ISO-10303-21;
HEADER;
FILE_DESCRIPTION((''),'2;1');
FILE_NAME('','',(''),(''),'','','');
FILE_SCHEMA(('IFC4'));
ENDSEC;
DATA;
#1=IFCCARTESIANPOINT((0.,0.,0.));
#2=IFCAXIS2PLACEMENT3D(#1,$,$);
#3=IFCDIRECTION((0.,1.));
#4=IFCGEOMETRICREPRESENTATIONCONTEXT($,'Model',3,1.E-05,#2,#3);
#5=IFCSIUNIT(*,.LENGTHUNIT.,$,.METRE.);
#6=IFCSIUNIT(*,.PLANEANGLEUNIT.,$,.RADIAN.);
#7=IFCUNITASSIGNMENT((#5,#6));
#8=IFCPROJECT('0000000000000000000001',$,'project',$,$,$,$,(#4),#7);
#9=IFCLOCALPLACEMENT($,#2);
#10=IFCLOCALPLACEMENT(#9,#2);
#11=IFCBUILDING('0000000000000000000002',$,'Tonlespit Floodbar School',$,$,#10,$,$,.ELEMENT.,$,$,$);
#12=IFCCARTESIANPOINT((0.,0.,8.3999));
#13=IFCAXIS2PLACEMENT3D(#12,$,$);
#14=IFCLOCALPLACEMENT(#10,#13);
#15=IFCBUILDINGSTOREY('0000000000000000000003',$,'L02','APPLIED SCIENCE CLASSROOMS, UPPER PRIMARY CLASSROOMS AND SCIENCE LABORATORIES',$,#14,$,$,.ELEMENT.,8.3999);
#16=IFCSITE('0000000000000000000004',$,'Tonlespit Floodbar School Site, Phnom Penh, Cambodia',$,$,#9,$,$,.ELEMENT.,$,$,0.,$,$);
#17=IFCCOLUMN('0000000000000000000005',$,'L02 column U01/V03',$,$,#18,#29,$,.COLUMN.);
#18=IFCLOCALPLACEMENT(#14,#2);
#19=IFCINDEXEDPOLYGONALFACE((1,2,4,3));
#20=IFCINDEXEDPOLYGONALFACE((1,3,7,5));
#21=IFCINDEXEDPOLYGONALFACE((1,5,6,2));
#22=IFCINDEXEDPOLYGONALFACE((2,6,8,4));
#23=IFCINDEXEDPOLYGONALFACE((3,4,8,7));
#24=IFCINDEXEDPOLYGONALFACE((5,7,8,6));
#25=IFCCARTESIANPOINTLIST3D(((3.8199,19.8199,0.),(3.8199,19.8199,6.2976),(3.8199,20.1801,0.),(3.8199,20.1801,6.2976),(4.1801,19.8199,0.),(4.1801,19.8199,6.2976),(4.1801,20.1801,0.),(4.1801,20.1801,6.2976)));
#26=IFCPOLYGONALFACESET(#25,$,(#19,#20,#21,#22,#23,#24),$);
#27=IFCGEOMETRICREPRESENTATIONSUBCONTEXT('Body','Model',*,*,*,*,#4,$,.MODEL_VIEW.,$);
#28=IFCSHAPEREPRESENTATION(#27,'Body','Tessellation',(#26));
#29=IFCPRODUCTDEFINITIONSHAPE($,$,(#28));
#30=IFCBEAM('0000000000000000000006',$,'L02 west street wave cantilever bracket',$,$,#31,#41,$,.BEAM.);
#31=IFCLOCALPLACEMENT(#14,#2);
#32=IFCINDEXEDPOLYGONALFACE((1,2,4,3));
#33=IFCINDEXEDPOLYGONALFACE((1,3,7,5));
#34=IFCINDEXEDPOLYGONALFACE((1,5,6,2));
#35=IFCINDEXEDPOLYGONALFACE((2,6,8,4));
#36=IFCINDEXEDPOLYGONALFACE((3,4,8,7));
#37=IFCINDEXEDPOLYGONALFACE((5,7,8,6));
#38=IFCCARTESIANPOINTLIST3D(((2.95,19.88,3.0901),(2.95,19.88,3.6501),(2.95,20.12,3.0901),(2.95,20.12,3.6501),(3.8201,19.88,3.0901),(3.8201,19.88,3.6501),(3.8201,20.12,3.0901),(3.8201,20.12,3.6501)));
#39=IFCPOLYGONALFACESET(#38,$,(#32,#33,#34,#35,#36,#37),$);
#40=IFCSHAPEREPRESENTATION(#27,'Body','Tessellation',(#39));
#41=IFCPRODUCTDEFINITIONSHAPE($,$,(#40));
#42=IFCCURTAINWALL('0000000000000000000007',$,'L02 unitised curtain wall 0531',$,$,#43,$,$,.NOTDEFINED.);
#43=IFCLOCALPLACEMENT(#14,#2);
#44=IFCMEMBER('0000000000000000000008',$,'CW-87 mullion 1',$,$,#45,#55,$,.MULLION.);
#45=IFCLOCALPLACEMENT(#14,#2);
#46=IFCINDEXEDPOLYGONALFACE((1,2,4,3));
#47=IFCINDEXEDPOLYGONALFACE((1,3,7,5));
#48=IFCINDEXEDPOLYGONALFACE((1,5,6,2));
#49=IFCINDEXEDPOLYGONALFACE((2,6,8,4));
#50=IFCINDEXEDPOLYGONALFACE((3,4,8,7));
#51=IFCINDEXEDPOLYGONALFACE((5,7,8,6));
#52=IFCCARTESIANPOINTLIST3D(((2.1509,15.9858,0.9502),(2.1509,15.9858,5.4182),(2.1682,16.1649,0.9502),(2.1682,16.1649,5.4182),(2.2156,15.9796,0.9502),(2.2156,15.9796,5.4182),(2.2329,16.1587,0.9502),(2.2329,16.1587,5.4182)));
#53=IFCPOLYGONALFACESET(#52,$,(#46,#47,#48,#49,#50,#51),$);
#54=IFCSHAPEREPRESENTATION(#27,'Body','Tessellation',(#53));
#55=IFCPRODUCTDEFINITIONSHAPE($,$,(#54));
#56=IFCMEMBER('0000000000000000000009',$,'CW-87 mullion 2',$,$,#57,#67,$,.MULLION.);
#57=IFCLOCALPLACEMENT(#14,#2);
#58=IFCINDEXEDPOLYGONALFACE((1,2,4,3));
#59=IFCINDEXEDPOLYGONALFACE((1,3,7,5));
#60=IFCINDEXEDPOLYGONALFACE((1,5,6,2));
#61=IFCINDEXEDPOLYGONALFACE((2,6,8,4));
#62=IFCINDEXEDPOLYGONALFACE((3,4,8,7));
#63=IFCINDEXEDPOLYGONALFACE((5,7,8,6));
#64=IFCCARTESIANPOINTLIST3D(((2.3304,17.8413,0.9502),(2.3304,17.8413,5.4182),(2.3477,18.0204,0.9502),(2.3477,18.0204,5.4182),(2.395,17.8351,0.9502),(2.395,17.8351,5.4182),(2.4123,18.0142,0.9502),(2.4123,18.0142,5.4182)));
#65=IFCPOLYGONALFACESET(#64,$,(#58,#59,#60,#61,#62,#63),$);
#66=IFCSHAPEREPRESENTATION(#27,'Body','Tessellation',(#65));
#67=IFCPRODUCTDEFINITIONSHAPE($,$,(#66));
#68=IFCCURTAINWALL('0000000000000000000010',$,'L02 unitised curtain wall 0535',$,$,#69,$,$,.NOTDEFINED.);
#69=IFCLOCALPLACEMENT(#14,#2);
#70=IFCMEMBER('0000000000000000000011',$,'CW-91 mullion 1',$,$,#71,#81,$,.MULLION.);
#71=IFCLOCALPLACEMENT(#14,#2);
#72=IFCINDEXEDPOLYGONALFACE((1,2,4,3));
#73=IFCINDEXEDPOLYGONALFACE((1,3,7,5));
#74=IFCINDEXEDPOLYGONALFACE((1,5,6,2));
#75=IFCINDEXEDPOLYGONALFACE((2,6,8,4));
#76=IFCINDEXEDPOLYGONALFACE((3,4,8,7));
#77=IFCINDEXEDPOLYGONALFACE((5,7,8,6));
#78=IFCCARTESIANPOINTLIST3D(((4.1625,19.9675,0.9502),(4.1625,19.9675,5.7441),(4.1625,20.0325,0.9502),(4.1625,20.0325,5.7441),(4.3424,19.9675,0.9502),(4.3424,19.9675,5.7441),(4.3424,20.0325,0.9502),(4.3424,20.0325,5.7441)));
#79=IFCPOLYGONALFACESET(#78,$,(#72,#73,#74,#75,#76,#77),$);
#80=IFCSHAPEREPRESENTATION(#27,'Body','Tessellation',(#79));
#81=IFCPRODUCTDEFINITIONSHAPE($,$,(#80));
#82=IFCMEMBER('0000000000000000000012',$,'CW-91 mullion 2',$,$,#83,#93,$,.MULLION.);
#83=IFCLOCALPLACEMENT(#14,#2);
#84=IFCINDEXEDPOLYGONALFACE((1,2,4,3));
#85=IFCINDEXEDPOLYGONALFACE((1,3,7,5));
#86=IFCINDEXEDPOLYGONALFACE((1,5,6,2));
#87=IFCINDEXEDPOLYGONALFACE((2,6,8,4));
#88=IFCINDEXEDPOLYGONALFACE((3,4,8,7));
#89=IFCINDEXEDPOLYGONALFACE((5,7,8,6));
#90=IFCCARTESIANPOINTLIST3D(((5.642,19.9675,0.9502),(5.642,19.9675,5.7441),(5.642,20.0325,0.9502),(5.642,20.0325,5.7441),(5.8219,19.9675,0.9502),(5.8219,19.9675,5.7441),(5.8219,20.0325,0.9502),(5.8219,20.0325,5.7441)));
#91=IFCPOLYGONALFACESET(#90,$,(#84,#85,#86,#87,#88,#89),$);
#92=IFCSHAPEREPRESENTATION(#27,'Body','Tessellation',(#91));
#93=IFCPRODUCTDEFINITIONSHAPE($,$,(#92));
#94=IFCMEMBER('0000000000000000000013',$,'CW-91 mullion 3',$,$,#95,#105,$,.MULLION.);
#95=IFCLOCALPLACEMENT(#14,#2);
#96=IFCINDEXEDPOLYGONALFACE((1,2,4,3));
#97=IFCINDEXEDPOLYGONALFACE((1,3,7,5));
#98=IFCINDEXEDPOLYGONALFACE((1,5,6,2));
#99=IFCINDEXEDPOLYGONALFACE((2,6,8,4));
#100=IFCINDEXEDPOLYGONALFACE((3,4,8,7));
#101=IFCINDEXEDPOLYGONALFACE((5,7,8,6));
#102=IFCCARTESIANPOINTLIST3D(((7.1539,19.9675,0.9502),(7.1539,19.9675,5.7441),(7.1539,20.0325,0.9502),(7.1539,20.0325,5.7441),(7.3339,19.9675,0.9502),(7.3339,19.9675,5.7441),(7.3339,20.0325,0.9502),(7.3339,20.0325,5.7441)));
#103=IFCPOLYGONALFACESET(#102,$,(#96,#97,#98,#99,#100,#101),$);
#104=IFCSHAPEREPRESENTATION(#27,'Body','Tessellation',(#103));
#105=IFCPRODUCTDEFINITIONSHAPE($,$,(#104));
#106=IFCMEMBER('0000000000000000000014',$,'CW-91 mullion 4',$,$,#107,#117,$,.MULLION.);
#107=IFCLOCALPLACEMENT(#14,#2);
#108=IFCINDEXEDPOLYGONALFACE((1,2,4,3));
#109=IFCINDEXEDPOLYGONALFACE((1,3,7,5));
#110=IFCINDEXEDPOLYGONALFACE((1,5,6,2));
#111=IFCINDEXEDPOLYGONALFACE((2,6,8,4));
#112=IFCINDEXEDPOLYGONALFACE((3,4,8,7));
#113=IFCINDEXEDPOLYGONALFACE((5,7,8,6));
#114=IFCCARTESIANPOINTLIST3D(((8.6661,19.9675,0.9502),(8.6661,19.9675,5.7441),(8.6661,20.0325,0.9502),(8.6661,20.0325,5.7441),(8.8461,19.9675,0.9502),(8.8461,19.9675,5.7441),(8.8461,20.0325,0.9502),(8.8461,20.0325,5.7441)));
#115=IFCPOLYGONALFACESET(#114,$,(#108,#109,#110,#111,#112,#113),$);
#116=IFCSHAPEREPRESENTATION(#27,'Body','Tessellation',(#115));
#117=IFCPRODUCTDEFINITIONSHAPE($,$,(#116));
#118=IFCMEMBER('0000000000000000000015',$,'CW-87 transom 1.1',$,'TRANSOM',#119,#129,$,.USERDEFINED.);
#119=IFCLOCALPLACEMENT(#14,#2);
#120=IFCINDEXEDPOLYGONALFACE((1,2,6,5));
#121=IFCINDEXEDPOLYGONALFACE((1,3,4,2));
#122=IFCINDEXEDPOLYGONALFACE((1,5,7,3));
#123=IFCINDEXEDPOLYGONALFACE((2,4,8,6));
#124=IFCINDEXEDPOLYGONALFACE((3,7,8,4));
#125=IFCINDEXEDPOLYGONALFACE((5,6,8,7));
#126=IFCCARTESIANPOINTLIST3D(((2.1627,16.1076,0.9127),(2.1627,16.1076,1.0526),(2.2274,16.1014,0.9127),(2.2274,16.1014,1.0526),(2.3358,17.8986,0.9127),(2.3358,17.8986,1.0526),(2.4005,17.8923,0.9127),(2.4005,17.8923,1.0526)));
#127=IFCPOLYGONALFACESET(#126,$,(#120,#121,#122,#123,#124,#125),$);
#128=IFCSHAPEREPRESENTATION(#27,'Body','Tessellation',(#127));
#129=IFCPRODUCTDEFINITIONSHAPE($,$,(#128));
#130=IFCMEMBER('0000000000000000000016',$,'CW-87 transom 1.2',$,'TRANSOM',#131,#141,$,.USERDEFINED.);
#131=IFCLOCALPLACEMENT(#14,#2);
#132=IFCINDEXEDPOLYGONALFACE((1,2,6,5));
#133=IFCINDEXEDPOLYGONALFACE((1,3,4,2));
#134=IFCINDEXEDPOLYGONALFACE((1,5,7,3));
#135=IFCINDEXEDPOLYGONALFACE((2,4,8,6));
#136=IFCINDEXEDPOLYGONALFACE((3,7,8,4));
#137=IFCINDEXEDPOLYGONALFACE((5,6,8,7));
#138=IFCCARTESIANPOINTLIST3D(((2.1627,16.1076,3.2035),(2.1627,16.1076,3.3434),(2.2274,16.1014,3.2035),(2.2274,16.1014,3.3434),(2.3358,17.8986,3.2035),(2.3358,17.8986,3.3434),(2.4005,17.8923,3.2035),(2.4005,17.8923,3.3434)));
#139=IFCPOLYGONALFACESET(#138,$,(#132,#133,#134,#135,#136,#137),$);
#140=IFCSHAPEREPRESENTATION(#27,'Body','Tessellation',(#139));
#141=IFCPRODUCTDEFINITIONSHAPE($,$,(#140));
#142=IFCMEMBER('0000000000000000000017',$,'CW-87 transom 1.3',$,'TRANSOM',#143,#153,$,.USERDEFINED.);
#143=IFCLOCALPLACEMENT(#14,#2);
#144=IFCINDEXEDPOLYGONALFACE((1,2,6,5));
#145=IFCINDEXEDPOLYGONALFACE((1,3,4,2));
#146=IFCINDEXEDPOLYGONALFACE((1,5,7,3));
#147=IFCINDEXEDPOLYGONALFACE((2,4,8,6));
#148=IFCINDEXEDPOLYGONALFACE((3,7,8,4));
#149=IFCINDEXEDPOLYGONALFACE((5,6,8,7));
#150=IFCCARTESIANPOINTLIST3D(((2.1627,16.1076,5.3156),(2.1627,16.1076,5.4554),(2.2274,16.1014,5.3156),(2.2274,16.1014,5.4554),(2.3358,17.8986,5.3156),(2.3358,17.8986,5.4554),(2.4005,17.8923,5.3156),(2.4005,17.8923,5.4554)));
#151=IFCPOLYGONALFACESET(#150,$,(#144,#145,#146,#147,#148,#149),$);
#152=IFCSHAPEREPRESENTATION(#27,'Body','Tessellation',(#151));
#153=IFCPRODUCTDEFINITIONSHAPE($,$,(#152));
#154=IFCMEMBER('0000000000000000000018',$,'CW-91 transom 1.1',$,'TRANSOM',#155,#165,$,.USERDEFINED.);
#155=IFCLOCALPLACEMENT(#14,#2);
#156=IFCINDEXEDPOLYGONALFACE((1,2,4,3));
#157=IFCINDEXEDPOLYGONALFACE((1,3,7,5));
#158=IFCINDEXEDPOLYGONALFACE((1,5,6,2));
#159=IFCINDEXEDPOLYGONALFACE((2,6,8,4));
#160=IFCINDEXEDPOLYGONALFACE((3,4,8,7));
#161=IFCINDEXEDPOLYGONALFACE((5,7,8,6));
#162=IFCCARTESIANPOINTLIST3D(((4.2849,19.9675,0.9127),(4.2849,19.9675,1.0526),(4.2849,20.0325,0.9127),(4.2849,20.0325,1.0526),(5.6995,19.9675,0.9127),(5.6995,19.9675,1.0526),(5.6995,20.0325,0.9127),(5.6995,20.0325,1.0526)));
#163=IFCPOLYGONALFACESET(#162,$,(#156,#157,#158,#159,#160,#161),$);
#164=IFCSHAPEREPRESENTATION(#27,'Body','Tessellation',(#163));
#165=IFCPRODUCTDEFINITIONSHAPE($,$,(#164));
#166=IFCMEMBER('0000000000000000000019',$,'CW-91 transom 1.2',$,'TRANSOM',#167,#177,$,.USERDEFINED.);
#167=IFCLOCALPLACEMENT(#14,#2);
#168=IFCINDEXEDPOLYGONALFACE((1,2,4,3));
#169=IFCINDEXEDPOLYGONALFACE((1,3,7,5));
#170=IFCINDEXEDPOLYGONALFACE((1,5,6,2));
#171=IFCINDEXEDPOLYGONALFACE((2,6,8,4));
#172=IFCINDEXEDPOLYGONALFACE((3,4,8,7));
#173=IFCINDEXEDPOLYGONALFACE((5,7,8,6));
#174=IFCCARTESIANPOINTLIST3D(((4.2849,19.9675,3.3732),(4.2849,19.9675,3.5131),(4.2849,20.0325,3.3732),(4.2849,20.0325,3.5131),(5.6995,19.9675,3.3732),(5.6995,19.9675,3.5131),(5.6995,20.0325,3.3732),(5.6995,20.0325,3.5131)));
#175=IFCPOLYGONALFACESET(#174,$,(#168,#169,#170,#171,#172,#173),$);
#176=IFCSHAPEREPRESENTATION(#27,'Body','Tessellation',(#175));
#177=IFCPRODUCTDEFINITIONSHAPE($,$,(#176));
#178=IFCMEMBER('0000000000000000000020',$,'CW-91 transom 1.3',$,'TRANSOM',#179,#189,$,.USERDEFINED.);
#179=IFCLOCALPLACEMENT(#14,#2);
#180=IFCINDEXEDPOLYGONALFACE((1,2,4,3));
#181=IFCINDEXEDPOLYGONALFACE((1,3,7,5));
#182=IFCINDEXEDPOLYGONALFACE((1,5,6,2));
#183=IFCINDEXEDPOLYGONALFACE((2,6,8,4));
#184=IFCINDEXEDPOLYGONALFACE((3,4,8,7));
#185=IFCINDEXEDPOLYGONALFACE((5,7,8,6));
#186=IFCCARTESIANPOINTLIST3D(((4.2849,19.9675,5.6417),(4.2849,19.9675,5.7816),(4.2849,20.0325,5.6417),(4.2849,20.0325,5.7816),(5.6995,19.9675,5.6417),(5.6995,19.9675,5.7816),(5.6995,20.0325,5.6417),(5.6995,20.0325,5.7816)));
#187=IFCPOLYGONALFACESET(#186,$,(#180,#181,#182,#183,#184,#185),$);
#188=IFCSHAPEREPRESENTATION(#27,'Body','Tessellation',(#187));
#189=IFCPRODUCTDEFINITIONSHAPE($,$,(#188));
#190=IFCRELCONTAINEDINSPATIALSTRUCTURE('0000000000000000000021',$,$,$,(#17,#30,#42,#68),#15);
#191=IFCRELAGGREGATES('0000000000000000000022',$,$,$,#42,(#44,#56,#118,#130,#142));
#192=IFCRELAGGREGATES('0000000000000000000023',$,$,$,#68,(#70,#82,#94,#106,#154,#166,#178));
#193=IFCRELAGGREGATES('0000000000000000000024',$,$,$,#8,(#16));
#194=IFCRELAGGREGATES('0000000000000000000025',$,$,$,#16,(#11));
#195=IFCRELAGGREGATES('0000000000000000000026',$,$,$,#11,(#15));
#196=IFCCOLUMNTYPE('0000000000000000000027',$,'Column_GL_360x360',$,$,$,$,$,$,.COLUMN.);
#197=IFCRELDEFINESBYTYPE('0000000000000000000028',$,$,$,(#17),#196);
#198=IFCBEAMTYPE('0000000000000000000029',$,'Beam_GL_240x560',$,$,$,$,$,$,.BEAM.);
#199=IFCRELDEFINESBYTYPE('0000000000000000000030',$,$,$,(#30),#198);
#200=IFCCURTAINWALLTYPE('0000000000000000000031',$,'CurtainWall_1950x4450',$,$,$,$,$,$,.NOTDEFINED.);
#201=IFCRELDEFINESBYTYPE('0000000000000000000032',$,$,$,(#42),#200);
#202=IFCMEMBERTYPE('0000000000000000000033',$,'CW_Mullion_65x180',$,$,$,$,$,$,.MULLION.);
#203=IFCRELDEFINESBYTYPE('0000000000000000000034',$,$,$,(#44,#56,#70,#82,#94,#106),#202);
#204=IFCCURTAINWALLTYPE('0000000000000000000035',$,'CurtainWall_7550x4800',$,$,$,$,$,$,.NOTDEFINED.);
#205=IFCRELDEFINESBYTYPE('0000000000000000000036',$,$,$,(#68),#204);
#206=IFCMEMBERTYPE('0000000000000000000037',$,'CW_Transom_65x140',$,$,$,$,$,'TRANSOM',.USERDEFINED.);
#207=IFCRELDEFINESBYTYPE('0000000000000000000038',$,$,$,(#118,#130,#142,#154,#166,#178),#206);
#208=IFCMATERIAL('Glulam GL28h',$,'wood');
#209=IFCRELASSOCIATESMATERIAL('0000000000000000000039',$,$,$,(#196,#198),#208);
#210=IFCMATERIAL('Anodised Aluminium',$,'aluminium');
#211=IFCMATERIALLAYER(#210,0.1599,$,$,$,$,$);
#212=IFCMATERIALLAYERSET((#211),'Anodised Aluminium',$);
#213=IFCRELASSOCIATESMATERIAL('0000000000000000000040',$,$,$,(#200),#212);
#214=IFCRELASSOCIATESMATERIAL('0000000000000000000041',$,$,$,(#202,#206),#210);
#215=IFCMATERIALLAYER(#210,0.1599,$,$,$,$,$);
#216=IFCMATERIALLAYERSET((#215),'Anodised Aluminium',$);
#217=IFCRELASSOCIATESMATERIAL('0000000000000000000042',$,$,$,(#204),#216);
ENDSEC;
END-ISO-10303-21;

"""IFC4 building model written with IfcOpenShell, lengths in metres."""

from ifc_helpers import new_model, si_unit, direction, frame, origin, origin_2d, place, context, subcontext, project, spatial, rectangle, extrude, material, layer, layer_set, material_profile, profile_set, type_object, element, aggregate, save


model = new_model("IFC4")

# Units and contexts
model_context = context("Model", 3, precision=1e-05, world=origin(), true_north=direction((0.0, 1.0)))
body_context = subcontext(model_context, "Body", "Model", "MODEL_VIEW")
ifc_project = project(units=[si_unit("LENGTHUNIT", "METRE"), si_unit("PLANEANGLEUNIT", "RADIAN")], contexts=[model_context])

# Site, building, storey
site_placement = place(None, origin())
site = spatial("IfcSite", under=ifc_project, at=site_placement, Name="Tonlespit Floodbar School Site, Phnom Penh, Cambodia", CompositionType="ELEMENT", RefElevation=0.0)
building_placement = place(site_placement, origin())
building = spatial("IfcBuilding", under=site, at=building_placement, Name="Tonlespit Floodbar School", CompositionType="ELEMENT")
storey_placement = place(building_placement, frame((0.0, 0.0, 8.3999)))
storey = spatial("IfcBuildingStorey", under=building, at=storey_placement, Name="L02", Description="APPLIED SCIENCE CLASSROOMS, UPPER PRIMARY CLASSROOMS AND SCIENCE LABORATORIES", CompositionType="ELEMENT", Elevation=8.3999)

# Column
ifc_material_1 = material(Name="Glulam GL28h", Category="wood")
ifc_material_profile_1 = material_profile(ifc_material_1, rectangle(XDim=0.3601, YDim=0.3601, at=origin_2d()), Name="GL 360x360")
ifc_profile_set_1 = profile_set([ifc_material_profile_1], Name="Glulam GL28h")
column_type = type_object("IfcColumnType", Name="Column_GL_360x360", PredefinedType="COLUMN", material=ifc_profile_set_1)
column_placement = place(storey_placement, frame((4.0, 20.0, 0.0), z_axis=(0.0, 0.0, 1.0), x_axis=(1.0, 0.0, 0.0)))
element("IfcColumn", 1, at=column_placement, inside=storey, type_object=column_type, Name="L02 column U01/V03", PredefinedType="COLUMN", context=body_context, shape_type="SweptSolid", body=[
    extrude(rectangle(XDim=0.3601, YDim=0.3601, at=origin_2d()), origin(), (0.0, 0.0, 1.0), 6.2976),
])

# Beam
ifc_material_profile_2 = material_profile(ifc_material_1, rectangle(XDim=0.24, YDim=0.5601, at=origin_2d()), Name="GL 240x560")
ifc_profile_set_2 = profile_set([ifc_material_profile_2], Name="Glulam GL28h")
beam_type_1 = type_object("IfcBeamType", Name="Beam_GL_240x560", PredefinedType="BEAM", material=ifc_profile_set_2)
beam_1_placement = place(storey_placement, frame((3.8201, 20.0, 3.3701), z_axis=(-1.0, 0.0, 0.0), x_axis=(0.0, -1.0, 0.0)))
element("IfcBeam", 2, at=beam_1_placement, inside=storey, type_object=beam_type_1, Name="L02 west street wave cantilever bracket", PredefinedType="BEAM", context=body_context, shape_type="SweptSolid", body=[
    extrude(rectangle(XDim=0.24, YDim=0.5601, at=origin_2d()), origin(), (0.0, 0.0, 1.0), 0.8701),
])

# Curtain walls, members
ifc_material_2 = material(Name="Anodised Aluminium", Category="aluminium")
ifc_layer_1 = layer(ifc_material_2, 0.1599)
ifc_layer_set_1 = layer_set([ifc_layer_1], Name="Anodised Aluminium")
curtain_wall_type_1 = type_object("IfcCurtainWallType", Name="CurtainWall_1950x4450", PredefinedType="NOTDEFINED", material=ifc_layer_set_1)
curtain_wall_1_placement = place(storey_placement, origin())
curtain_wall_1 = element("IfcCurtainWall", 3, at=curtain_wall_1_placement, inside=storey, type_object=curtain_wall_type_1, Name="L02 unitised curtain wall 0531", PredefinedType="NOTDEFINED")
ifc_material_profile_3 = material_profile(ifc_material_2, rectangle(XDim=0.0649, YDim=0.1799, at=origin_2d()), Name="ALU M65x180")
ifc_profile_set_3 = profile_set([ifc_material_profile_3], Name="Anodised Aluminium")
member_type_1 = type_object("IfcMemberType", Name="CW_Mullion_65x180", PredefinedType="MULLION", material=ifc_profile_set_3)
member_1_placement = place(storey_placement, frame((2.1919, 16.0723, 0.9502), z_axis=(0.0, 0.0, 1.0), x_axis=(-0.995362, 0.096198, 0.0)))
member_1 = element("IfcMember", 4, at=member_1_placement, type_object=member_type_1, Name="CW-87 mullion 1", PredefinedType="MULLION", context=body_context, shape_type="SweptSolid", body=[
    extrude(rectangle(XDim=0.0649, YDim=0.1799, at=origin_2d()), origin(), (0.0, 0.0, 1.0), 4.468),
])
member_2_placement = place(storey_placement, frame((2.3713, 17.9277, 0.9502), z_axis=(0.0, 0.0, 1.0), x_axis=(-0.995362, 0.096198, 0.0)))
member_2 = element("IfcMember", 5, at=member_2_placement, type_object=member_type_1, Name="CW-87 mullion 2", PredefinedType="MULLION", context=body_context, shape_type="SweptSolid", body=[
    extrude(rectangle(XDim=0.0649, YDim=0.1799, at=origin_2d()), origin(), (0.0, 0.0, 1.0), 4.468),
])
ifc_layer_2 = layer(ifc_material_2, 0.1599)
ifc_layer_set_2 = layer_set([ifc_layer_2], Name="Anodised Aluminium")
curtain_wall_type_2 = type_object("IfcCurtainWallType", Name="CurtainWall_7550x4800", PredefinedType="NOTDEFINED", material=ifc_layer_set_2)
curtain_wall_2_placement = place(storey_placement, origin())
curtain_wall_2 = element("IfcCurtainWall", 6, at=curtain_wall_2_placement, inside=storey, type_object=curtain_wall_type_2, Name="L02 unitised curtain wall 0535", PredefinedType="NOTDEFINED")
member_3_placement = place(storey_placement, frame((4.2524, 20.0, 0.9502), z_axis=(0.0, 0.0, 1.0), x_axis=(0.0, 1.0, 0.0)))
member_3 = element("IfcMember", 7, at=member_3_placement, type_object=member_type_1, Name="CW-91 mullion 1", PredefinedType="MULLION", context=body_context, shape_type="SweptSolid", body=[
    extrude(rectangle(XDim=0.0649, YDim=0.1799, at=origin_2d()), origin(), (0.0, 0.0, 1.0), 4.7939),
])
member_4_placement = place(storey_placement, frame((5.7319, 20.0, 0.9502), z_axis=(0.0, 0.0, 1.0), x_axis=(0.0, 1.0, 0.0)))
member_4 = element("IfcMember", 8, at=member_4_placement, type_object=member_type_1, Name="CW-91 mullion 2", PredefinedType="MULLION", context=body_context, shape_type="SweptSolid", body=[
    extrude(rectangle(XDim=0.0649, YDim=0.1799, at=origin_2d()), origin(), (0.0, 0.0, 1.0), 4.7939),
])
member_5_placement = place(storey_placement, frame((7.2439, 20.0, 0.9502), z_axis=(0.0, 0.0, 1.0), x_axis=(0.0, 1.0, 0.0)))
member_5 = element("IfcMember", 9, at=member_5_placement, type_object=member_type_1, Name="CW-91 mullion 3", PredefinedType="MULLION", context=body_context, shape_type="SweptSolid", body=[
    extrude(rectangle(XDim=0.0649, YDim=0.1799, at=origin_2d()), origin(), (0.0, 0.0, 1.0), 4.7939),
])
member_6_placement = place(storey_placement, frame((8.7561, 20.0, 0.9502), z_axis=(0.0, 0.0, 1.0), x_axis=(0.0, 1.0, 0.0)))
member_6 = element("IfcMember", 10, at=member_6_placement, type_object=member_type_1, Name="CW-91 mullion 4", PredefinedType="MULLION", context=body_context, shape_type="SweptSolid", body=[
    extrude(rectangle(XDim=0.0649, YDim=0.1799, at=origin_2d()), origin(), (0.0, 0.0, 1.0), 4.7939),
])

# Members
ifc_material_profile_4 = material_profile(ifc_material_2, rectangle(XDim=0.0649, YDim=0.1399, at=origin_2d()), Name="ALU T65x140")
ifc_profile_set_4 = profile_set([ifc_material_profile_4], Name="Anodised Aluminium")
member_type_2 = type_object("IfcMemberType", Name="CW_Transom_65x140", ElementType="TRANSOM", PredefinedType="USERDEFINED", material=ifc_profile_set_4)
member_7_placement = place(storey_placement, frame((2.1951, 16.1045, 0.9827), z_axis=(0.096198, 0.995362, 0.0), x_axis=(-0.995362, 0.096198, 0.0)))
member_7 = element("IfcMember", 11, at=member_7_placement, type_object=member_type_2, Name="CW-87 transom 1.1", ObjectType="TRANSOM", PredefinedType="USERDEFINED", context=body_context, shape_type="SweptSolid", body=[
    extrude(rectangle(XDim=0.0649, YDim=0.1399, at=origin_2d()), origin(), (0.0, 0.0, 1.0), 1.7993),
])
member_8_placement = place(storey_placement, frame((2.1951, 16.1045, 3.2734), z_axis=(0.096198, 0.995362, 0.0), x_axis=(-0.995362, 0.096198, 0.0)))
member_8 = element("IfcMember", 12, at=member_8_placement, type_object=member_type_2, Name="CW-87 transom 1.2", ObjectType="TRANSOM", PredefinedType="USERDEFINED", context=body_context, shape_type="SweptSolid", body=[
    extrude(rectangle(XDim=0.0649, YDim=0.1399, at=origin_2d()), origin(), (0.0, 0.0, 1.0), 1.7993),
])
member_9_placement = place(storey_placement, frame((2.1951, 16.1045, 5.3855), z_axis=(0.096198, 0.995362, 0.0), x_axis=(-0.995362, 0.096198, 0.0)))
member_9 = element("IfcMember", 13, at=member_9_placement, type_object=member_type_2, Name="CW-87 transom 1.3", ObjectType="TRANSOM", PredefinedType="USERDEFINED", context=body_context, shape_type="SweptSolid", body=[
    extrude(rectangle(XDim=0.0649, YDim=0.1399, at=origin_2d()), origin(), (0.0, 0.0, 1.0), 1.7993),
])
member_10_placement = place(storey_placement, frame((4.2849, 20.0, 0.9827), z_axis=(1.0, 0.0, 0.0), x_axis=(0.0, 1.0, 0.0)))
member_10 = element("IfcMember", 14, at=member_10_placement, type_object=member_type_2, Name="CW-91 transom 1.1", ObjectType="TRANSOM", PredefinedType="USERDEFINED", context=body_context, shape_type="SweptSolid", body=[
    extrude(rectangle(XDim=0.0649, YDim=0.1399, at=origin_2d()), origin(), (0.0, 0.0, 1.0), 1.4146),
])
member_11_placement = place(storey_placement, frame((4.2849, 20.0, 3.4431), z_axis=(1.0, 0.0, 0.0), x_axis=(0.0, 1.0, 0.0)))
member_11 = element("IfcMember", 15, at=member_11_placement, type_object=member_type_2, Name="CW-91 transom 1.2", ObjectType="TRANSOM", PredefinedType="USERDEFINED", context=body_context, shape_type="SweptSolid", body=[
    extrude(rectangle(XDim=0.0649, YDim=0.1399, at=origin_2d()), origin(), (0.0, 0.0, 1.0), 1.4146),
])
member_12_placement = place(storey_placement, frame((4.2849, 20.0, 5.7117), z_axis=(1.0, 0.0, 0.0), x_axis=(0.0, 1.0, 0.0)))
member_12 = element("IfcMember", 16, at=member_12_placement, type_object=member_type_2, Name="CW-91 transom 1.3", ObjectType="TRANSOM", PredefinedType="USERDEFINED", context=body_context, shape_type="SweptSolid", body=[
    extrude(rectangle(XDim=0.0649, YDim=0.1399, at=origin_2d()), origin(), (0.0, 0.0, 1.0), 1.4146),
])

aggregate(curtain_wall_1, [member_1, member_2, member_7, member_8, member_9])
aggregate(curtain_wall_2, [member_3, member_4, member_5, member_6, member_10, member_11, member_12])

save(model, "model.ifc")
